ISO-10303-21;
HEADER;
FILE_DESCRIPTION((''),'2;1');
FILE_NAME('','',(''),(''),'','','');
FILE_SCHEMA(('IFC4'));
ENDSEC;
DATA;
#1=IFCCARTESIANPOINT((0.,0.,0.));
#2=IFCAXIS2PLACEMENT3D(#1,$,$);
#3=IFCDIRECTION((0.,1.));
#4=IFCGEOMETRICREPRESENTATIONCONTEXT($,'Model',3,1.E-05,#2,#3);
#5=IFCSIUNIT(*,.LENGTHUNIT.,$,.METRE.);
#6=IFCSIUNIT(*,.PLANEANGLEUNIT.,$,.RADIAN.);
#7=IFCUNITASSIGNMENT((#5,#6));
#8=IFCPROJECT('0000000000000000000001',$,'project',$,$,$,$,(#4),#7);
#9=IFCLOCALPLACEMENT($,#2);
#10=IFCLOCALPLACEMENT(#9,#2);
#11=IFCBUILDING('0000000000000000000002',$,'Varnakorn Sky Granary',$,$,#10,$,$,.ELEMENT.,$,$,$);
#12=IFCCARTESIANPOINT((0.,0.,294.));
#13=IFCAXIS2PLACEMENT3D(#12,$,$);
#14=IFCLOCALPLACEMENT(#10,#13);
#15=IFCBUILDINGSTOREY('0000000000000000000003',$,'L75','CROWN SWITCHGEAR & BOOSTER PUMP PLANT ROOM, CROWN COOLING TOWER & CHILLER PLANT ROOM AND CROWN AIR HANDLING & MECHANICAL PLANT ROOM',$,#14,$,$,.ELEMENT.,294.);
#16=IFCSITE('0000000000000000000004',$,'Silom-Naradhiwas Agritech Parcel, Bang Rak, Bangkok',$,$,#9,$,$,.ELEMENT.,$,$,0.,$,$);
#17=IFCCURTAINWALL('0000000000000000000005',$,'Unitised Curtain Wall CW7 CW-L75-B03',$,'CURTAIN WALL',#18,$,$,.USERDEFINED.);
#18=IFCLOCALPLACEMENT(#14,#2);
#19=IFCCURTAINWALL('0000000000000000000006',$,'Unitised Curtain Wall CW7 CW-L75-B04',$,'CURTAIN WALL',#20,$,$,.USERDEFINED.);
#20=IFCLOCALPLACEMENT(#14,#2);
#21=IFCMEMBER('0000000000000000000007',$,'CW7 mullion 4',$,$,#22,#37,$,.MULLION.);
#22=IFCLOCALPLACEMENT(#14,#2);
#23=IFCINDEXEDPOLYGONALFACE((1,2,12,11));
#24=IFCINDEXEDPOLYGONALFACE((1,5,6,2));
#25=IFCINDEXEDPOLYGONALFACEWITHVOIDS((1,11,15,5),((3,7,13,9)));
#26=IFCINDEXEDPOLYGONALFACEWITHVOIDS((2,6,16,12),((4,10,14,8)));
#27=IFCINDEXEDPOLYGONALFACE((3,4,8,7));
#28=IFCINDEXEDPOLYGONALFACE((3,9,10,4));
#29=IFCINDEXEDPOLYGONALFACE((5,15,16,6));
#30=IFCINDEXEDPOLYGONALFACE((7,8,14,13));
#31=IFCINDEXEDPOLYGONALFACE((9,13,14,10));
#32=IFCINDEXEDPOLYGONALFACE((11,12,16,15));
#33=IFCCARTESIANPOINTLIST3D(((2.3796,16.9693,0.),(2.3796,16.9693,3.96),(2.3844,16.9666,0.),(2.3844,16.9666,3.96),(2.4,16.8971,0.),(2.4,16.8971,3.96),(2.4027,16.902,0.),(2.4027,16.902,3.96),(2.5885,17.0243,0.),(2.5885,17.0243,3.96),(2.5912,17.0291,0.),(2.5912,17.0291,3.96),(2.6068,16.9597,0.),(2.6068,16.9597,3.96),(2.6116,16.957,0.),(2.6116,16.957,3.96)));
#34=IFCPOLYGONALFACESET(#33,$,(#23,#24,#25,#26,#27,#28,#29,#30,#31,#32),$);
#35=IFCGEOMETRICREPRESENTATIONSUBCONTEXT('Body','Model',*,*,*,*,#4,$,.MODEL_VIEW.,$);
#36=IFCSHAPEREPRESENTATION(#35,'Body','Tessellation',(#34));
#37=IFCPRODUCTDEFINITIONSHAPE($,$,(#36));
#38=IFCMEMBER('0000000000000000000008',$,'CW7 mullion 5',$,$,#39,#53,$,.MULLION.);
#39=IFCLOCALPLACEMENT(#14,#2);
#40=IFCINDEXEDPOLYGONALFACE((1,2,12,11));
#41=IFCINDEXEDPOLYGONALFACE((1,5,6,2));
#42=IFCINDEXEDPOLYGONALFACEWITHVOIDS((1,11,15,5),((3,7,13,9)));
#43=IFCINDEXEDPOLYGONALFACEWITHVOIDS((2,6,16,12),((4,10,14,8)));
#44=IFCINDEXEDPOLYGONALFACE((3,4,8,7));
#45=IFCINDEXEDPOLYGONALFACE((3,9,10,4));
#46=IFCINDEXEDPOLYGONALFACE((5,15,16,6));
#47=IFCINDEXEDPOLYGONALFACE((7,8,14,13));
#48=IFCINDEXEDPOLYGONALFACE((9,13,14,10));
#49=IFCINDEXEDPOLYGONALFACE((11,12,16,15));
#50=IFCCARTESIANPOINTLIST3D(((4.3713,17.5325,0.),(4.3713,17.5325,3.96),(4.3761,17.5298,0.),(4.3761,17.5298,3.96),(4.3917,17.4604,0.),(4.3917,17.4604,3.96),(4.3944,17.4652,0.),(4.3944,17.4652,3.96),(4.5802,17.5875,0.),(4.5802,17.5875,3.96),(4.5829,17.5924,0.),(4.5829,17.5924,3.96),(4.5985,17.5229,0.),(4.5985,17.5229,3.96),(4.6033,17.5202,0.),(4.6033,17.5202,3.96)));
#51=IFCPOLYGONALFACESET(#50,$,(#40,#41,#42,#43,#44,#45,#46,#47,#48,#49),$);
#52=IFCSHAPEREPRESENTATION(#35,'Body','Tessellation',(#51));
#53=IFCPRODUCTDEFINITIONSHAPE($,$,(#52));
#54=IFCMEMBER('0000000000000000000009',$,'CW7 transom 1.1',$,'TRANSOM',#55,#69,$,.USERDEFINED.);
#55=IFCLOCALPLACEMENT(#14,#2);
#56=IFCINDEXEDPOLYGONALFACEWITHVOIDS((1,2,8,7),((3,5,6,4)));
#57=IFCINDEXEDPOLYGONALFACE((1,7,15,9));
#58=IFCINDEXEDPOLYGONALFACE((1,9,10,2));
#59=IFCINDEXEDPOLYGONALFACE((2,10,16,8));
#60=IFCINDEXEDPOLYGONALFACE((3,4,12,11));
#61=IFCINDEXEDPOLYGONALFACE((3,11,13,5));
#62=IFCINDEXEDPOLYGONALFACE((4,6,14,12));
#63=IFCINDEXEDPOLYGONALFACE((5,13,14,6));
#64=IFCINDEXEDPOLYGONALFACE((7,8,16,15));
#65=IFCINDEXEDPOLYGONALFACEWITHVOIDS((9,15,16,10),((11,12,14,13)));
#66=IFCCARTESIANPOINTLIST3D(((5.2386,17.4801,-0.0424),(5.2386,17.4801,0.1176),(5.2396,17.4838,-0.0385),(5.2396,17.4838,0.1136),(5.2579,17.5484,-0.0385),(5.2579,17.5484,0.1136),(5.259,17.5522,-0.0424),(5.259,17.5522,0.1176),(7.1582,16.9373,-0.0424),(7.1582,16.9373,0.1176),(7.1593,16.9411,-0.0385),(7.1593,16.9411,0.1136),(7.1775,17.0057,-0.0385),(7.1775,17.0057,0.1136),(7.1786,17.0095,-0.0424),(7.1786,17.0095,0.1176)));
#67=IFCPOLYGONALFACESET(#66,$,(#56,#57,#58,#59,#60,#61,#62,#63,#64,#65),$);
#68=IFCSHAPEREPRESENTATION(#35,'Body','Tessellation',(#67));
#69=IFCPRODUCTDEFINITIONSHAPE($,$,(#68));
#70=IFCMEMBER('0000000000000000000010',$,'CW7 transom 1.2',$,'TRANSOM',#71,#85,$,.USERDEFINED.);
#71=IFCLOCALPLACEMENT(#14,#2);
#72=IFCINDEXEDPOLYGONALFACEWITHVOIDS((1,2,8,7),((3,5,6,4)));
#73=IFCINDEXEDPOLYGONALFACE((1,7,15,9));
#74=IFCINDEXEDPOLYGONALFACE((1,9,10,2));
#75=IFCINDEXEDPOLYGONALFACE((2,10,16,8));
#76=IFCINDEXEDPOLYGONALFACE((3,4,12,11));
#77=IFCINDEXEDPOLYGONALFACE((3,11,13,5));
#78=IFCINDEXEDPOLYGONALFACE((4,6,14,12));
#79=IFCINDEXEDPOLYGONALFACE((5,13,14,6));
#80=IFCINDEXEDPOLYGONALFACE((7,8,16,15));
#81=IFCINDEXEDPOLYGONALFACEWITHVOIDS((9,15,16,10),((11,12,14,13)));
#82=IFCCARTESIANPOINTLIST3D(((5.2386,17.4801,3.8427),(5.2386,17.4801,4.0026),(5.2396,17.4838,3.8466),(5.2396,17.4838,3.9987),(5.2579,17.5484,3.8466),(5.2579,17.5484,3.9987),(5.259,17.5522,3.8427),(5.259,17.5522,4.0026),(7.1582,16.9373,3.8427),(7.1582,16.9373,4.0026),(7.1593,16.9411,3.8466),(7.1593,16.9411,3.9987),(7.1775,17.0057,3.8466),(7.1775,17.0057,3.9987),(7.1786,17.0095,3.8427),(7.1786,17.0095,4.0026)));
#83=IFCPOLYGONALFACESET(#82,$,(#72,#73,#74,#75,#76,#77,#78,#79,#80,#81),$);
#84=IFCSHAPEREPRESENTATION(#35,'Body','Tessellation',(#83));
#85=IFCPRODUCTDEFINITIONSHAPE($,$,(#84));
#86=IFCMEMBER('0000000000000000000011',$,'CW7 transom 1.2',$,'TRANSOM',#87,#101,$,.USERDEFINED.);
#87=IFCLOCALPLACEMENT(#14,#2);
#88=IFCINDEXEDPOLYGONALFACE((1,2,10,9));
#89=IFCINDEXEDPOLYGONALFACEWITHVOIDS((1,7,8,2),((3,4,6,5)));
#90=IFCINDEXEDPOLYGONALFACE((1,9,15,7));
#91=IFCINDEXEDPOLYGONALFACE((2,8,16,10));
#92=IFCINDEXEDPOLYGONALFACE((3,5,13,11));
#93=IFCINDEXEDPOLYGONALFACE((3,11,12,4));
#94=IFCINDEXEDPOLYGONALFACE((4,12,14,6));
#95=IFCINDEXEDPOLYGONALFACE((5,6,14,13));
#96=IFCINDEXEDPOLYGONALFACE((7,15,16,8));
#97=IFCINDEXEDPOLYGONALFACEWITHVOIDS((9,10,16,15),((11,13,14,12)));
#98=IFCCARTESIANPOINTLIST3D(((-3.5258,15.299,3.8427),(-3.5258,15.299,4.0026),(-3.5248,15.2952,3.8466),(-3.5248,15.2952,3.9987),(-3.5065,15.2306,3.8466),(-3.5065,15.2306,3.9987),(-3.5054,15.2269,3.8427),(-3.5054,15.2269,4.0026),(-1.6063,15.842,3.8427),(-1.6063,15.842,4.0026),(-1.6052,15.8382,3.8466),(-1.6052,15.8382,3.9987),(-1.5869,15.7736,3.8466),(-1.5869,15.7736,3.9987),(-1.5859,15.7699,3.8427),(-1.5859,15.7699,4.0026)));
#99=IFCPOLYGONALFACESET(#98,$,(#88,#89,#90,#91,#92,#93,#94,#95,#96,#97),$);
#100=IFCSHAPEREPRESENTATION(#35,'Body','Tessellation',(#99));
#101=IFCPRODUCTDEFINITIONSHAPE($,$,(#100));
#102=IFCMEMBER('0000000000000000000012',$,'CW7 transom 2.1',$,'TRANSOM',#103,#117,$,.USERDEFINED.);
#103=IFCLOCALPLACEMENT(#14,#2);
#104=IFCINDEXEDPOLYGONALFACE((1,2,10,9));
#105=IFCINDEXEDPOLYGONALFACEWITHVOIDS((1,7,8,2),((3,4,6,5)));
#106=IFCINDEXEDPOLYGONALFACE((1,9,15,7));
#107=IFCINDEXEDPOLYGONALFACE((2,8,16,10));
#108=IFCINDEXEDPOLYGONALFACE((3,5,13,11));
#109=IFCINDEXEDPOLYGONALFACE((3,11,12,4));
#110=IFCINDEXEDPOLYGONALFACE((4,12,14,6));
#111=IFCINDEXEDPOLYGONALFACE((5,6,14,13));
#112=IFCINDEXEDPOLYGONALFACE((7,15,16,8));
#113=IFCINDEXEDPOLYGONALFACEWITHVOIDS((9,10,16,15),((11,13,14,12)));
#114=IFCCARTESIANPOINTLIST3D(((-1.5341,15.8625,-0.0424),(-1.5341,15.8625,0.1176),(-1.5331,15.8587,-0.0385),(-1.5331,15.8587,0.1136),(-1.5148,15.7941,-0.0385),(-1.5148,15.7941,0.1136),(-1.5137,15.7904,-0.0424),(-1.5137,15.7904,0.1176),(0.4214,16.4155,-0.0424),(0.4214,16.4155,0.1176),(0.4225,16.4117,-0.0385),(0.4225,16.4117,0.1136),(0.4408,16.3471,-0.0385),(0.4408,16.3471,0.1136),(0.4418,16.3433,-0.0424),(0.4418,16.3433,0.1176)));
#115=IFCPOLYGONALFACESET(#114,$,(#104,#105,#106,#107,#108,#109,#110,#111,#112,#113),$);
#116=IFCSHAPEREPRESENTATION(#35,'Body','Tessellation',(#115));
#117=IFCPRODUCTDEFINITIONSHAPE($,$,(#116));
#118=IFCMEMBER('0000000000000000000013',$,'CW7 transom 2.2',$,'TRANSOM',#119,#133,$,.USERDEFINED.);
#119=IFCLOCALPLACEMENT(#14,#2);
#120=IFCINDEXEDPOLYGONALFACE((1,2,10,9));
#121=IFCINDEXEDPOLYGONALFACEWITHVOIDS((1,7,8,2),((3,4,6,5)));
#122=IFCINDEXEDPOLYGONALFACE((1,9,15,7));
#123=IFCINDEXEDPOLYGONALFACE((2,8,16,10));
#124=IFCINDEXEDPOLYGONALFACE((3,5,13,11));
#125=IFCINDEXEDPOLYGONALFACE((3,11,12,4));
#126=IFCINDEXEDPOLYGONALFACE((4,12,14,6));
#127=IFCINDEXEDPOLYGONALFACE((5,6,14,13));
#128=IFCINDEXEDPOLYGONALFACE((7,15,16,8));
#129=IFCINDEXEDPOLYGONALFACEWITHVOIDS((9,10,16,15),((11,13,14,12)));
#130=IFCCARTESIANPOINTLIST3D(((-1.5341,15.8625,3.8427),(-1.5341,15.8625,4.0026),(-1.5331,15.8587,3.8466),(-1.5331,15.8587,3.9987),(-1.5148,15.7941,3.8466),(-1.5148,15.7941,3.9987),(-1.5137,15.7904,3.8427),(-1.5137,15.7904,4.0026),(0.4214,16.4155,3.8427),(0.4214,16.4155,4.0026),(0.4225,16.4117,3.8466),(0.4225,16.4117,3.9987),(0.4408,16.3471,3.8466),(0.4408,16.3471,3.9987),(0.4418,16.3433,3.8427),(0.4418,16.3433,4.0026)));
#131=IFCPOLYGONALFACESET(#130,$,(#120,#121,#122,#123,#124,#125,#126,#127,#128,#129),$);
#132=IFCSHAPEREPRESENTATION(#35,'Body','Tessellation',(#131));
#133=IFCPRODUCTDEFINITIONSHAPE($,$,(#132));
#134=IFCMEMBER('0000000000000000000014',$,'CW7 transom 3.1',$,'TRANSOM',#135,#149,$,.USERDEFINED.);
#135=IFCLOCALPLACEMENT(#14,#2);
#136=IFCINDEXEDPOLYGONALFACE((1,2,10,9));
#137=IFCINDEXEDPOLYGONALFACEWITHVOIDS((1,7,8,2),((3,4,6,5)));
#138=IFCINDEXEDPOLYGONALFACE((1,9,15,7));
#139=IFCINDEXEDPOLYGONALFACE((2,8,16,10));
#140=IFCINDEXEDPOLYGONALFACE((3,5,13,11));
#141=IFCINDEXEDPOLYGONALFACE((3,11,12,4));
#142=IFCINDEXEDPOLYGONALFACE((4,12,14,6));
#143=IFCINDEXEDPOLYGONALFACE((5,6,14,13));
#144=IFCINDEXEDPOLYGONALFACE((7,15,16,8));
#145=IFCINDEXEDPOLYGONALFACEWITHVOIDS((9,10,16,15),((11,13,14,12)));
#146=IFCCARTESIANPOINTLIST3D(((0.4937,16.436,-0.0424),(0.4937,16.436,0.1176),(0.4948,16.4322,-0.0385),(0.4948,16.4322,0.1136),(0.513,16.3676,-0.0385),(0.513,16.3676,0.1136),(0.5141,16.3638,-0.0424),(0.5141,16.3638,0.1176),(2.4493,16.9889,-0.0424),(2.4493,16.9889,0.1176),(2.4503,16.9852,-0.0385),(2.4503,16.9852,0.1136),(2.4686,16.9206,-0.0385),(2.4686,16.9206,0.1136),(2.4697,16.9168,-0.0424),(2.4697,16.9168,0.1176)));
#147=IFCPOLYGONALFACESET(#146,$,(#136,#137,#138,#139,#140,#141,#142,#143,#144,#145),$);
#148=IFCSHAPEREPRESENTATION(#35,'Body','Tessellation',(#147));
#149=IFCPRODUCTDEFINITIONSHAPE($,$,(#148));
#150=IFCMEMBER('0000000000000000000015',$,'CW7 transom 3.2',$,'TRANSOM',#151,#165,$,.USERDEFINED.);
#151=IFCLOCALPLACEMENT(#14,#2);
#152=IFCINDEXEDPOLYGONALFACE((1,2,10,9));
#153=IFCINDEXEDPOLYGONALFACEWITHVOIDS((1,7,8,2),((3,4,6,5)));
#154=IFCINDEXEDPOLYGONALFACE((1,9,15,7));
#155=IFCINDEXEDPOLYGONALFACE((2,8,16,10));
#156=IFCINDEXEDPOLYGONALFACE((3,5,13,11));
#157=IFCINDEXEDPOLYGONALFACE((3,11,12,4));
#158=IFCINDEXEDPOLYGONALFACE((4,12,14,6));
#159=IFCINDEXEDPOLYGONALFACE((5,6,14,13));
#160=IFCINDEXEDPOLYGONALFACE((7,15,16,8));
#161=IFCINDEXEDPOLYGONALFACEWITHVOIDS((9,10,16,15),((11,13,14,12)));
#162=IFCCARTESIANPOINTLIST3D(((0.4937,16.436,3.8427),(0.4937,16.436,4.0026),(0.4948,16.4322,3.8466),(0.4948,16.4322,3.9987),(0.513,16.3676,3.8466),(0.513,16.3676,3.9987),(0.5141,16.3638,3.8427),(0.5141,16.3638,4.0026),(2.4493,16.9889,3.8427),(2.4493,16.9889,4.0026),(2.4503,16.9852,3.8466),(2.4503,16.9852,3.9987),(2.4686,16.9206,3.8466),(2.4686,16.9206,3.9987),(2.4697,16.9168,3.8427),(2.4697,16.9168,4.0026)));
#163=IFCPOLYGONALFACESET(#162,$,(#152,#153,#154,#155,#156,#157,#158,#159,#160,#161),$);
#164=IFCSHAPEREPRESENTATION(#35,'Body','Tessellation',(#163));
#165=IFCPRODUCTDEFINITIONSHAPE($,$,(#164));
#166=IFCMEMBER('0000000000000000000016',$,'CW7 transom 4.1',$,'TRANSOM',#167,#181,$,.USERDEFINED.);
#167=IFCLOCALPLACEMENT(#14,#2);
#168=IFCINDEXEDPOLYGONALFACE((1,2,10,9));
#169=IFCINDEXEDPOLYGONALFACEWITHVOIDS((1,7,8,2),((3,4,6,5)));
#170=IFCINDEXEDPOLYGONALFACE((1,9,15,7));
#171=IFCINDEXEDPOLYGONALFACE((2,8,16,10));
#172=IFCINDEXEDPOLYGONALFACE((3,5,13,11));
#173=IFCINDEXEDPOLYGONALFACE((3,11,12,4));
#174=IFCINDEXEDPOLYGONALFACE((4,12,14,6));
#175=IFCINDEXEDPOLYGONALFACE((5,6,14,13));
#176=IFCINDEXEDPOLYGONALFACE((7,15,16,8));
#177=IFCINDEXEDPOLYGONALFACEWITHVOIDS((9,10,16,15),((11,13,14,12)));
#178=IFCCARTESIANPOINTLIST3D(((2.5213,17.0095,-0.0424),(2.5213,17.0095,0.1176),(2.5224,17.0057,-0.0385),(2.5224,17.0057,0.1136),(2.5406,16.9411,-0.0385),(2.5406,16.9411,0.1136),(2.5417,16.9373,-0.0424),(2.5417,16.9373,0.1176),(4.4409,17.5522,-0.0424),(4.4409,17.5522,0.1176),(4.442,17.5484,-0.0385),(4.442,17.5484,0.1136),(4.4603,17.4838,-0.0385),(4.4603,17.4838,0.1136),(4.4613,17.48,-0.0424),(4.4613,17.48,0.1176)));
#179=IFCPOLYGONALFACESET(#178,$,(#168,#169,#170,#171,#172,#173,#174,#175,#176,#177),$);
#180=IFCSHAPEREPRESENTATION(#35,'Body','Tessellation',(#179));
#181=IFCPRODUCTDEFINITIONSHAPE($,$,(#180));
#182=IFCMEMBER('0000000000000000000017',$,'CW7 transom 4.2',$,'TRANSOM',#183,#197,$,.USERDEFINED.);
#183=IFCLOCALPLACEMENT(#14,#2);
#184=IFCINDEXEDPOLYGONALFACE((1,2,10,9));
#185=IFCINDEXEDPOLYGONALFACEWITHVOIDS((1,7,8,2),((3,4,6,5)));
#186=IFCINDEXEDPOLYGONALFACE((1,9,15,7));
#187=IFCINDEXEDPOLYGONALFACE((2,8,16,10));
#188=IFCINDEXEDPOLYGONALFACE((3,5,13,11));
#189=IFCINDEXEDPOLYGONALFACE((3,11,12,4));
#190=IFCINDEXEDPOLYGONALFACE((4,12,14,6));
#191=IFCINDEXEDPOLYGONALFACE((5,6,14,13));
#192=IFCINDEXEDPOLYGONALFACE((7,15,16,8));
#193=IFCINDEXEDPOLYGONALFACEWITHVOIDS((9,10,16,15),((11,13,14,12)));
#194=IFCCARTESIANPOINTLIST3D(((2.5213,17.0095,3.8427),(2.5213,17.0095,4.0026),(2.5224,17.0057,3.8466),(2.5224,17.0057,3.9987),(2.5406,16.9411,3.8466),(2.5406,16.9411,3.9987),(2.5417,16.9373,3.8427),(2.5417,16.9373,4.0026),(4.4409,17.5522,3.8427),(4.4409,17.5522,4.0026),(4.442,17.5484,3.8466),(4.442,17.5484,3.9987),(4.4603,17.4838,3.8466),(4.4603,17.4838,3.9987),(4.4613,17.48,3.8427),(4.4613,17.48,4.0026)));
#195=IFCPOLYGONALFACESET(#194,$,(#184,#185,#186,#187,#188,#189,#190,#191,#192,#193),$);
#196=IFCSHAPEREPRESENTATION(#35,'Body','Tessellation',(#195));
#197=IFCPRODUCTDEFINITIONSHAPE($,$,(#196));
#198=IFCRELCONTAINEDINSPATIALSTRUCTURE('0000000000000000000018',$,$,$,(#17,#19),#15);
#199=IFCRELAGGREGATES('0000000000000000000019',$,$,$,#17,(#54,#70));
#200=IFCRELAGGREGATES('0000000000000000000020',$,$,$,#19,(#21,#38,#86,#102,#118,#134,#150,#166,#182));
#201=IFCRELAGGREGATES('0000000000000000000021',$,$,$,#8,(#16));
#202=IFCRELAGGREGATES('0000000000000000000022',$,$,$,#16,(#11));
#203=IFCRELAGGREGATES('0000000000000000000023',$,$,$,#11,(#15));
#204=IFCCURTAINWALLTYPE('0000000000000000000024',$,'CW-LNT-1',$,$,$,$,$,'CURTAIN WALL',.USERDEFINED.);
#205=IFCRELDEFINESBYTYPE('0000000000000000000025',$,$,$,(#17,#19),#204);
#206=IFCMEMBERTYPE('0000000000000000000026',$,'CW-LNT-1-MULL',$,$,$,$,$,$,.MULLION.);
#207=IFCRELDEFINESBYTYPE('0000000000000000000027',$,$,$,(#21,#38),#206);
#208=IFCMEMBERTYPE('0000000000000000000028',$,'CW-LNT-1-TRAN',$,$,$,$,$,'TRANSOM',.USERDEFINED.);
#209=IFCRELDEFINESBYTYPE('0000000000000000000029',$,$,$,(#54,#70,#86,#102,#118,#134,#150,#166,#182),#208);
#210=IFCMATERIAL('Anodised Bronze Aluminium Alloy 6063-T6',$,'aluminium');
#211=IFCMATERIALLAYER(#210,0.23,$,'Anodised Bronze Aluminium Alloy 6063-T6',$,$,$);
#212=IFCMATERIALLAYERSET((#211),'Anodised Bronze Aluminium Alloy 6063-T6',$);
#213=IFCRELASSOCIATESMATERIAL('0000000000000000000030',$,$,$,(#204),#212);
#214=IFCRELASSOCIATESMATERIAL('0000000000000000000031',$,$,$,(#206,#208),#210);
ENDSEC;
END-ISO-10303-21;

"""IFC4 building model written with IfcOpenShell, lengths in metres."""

from ifc_helpers import new_model, si_unit, direction, frame, origin, origin_2d, place, context, subcontext, project, spatial, hollow_rectangle, extrude, material, layer, layer_set, material_profile, profile_set, type_object, element, aggregate, save


model = new_model("IFC4")

# Units and contexts
model_context = context("Model", 3, precision=1e-05, world=origin(), true_north=direction((0.0, 1.0)))
body_context = subcontext(model_context, "Body", "Model", "MODEL_VIEW")
ifc_project = project(units=[si_unit("LENGTHUNIT", "METRE"), si_unit("PLANEANGLEUNIT", "RADIAN")], contexts=[model_context])

# Site, building, storey
site_placement = place(None, origin())
site = spatial("IfcSite", under=ifc_project, at=site_placement, Name="Silom-Naradhiwas Agritech Parcel, Bang Rak, Bangkok", CompositionType="ELEMENT", RefElevation=0.0)
building_placement = place(site_placement, origin())
building = spatial("IfcBuilding", under=site, at=building_placement, Name="Varnakorn Sky Granary", CompositionType="ELEMENT")
storey_placement = place(building_placement, frame((0.0, 0.0, 294.0)))
storey = spatial("IfcBuildingStorey", under=building, at=storey_placement, Name="L75", Description="CROWN SWITCHGEAR & BOOSTER PUMP PLANT ROOM, CROWN COOLING TOWER & CHILLER PLANT ROOM AND CROWN AIR HANDLING & MECHANICAL PLANT ROOM", CompositionType="ELEMENT", Elevation=294.0)

# Curtain wall
ifc_material_1 = material(Name="Anodised Bronze Aluminium Alloy 6063-T6", Category="aluminium")
ifc_layer_1 = layer(ifc_material_1, 0.23, Name="Anodised Bronze Aluminium Alloy 6063-T6")
ifc_layer_set_1 = layer_set([ifc_layer_1], Name="Anodised Bronze Aluminium Alloy 6063-T6")
curtain_wall_type = type_object("IfcCurtainWallType", Name="CW-LNT-1", ElementType="CURTAIN WALL", PredefinedType="USERDEFINED", material=ifc_layer_set_1)
curtain_wall_1_placement = place(storey_placement, origin())
curtain_wall_1 = element("IfcCurtainWall", 1, at=curtain_wall_1_placement, inside=storey, type_object=curtain_wall_type, Name="Unitised Curtain Wall CW7 CW-L75-B03", ObjectType="CURTAIN WALL", PredefinedType="USERDEFINED")
ifc_material_profile_1 = material_profile(ifc_material_1, hollow_rectangle(XDim=0.075, YDim=0.22, WallThickness=0.0039, at=origin_2d()), Name="ALU MULL 75x220")
ifc_profile_set_1 = profile_set([ifc_material_profile_1], Name="Anodised Bronze Aluminium Alloy 6063-T6")
member_type_1 = type_object("IfcMemberType", Name="CW-LNT-1-MULL", PredefinedType="MULLION", material=ifc_profile_set_1)

# Curtain wall, members
curtain_wall_2_placement = place(storey_placement, origin())
curtain_wall_2 = element("IfcCurtainWall", 2, at=curtain_wall_2_placement, inside=storey, type_object=curtain_wall_type, Name="Unitised Curtain Wall CW7 CW-L75-B04", ObjectType="CURTAIN WALL", PredefinedType="USERDEFINED")
member_1_placement = place(storey_placement, frame((2.4956, 16.9631, 0.0), z_axis=(0.0, 0.0, 1.0), x_axis=(-0.272147, 0.962256, 0.0)))
member_1 = element("IfcMember", 3, at=member_1_placement, type_object=member_type_1, Name="CW7 mullion 4", PredefinedType="MULLION", context=body_context, shape_type="SweptSolid", body=[
    extrude(hollow_rectangle(XDim=0.075, YDim=0.22, WallThickness=0.0039, at=origin_2d()), origin(), (0.0, 0.0, 1.0), 3.96),
])
member_2_placement = place(storey_placement, frame((4.4873, 17.5264, 0.0), z_axis=(0.0, 0.0, 1.0), x_axis=(-0.272147, 0.962256, 0.0)))
member_2 = element("IfcMember", 4, at=member_2_placement, type_object=member_type_1, Name="CW7 mullion 5", PredefinedType="MULLION", context=body_context, shape_type="SweptSolid", body=[
    extrude(hollow_rectangle(XDim=0.075, YDim=0.22, WallThickness=0.0039, at=origin_2d()), origin(), (0.0, 0.0, 1.0), 3.96),
])

# Members
ifc_material_profile_2 = material_profile(ifc_material_1, hollow_rectangle(XDim=0.075, YDim=0.1599, WallThickness=0.0039, at=origin_2d()), Name="ALU TRAN 75x160")
ifc_profile_set_2 = profile_set([ifc_material_profile_2], Name="Anodised Bronze Aluminium Alloy 6063-T6")
member_type_2 = type_object("IfcMemberType", Name="CW-LNT-1-TRAN", ElementType="TRANSOM", PredefinedType="USERDEFINED", material=ifc_profile_set_2)
member_3_placement = place(storey_placement, frame((5.2488, 17.5161, 0.0376), z_axis=(0.962282, -0.272053, 0.0), x_axis=(0.272053, 0.962282, 0.0)))
member_3 = element("IfcMember", 5, at=member_3_placement, type_object=member_type_2, Name="CW7 transom 1.1", ObjectType="TRANSOM", PredefinedType="USERDEFINED", context=body_context, shape_type="SweptSolid", body=[
    extrude(hollow_rectangle(XDim=0.075, YDim=0.1599, WallThickness=0.0039, at=origin_2d()), origin(), (0.0, 0.0, 1.0), 1.9949),
])
member_4_placement = place(storey_placement, frame((5.2488, 17.5161, 3.9226), z_axis=(0.962282, -0.272053, 0.0), x_axis=(0.272053, 0.962282, 0.0)))
member_4 = element("IfcMember", 6, at=member_4_placement, type_object=member_type_2, Name="CW7 transom 1.2", ObjectType="TRANSOM", PredefinedType="USERDEFINED", context=body_context, shape_type="SweptSolid", body=[
    extrude(hollow_rectangle(XDim=0.075, YDim=0.1599, WallThickness=0.0039, at=origin_2d()), origin(), (0.0, 0.0, 1.0), 1.9949),
])
aggregate(curtain_wall_1, [member_3, member_4])
member_5_placement = place(storey_placement, frame((-3.5156, 15.2629, 3.9226), z_axis=(0.962241, 0.272198, 0.0), x_axis=(-0.272198, 0.962241, 0.0)))
member_5 = element("IfcMember", 7, at=member_5_placement, type_object=member_type_2, Name="CW7 transom 1.2", ObjectType="TRANSOM", PredefinedType="USERDEFINED", context=body_context, shape_type="SweptSolid", body=[
    extrude(hollow_rectangle(XDim=0.075, YDim=0.1599, WallThickness=0.0039, at=origin_2d()), origin(), (0.0, 0.0, 1.0), 1.9949),
])
member_6_placement = place(storey_placement, frame((-1.5239, 15.8264, 0.0376), z_axis=(0.962268, 0.272102, 0.0), x_axis=(-0.272102, 0.962268, 0.0)))
member_6 = element("IfcMember", 8, at=member_6_placement, type_object=member_type_2, Name="CW7 transom 2.1", ObjectType="TRANSOM", PredefinedType="USERDEFINED", context=body_context, shape_type="SweptSolid", body=[
    extrude(hollow_rectangle(XDim=0.075, YDim=0.1599, WallThickness=0.0039, at=origin_2d()), origin(), (0.0, 0.0, 1.0), 2.0322),
])
member_7_placement = place(storey_placement, frame((-1.5239, 15.8264, 3.9226), z_axis=(0.962268, 0.272102, 0.0), x_axis=(-0.272102, 0.962268, 0.0)))
member_7 = element("IfcMember", 9, at=member_7_placement, type_object=member_type_2, Name="CW7 transom 2.2", ObjectType="TRANSOM", PredefinedType="USERDEFINED", context=body_context, shape_type="SweptSolid", body=[
    extrude(hollow_rectangle(XDim=0.075, YDim=0.1599, WallThickness=0.0039, at=origin_2d()), origin(), (0.0, 0.0, 1.0), 2.0322),
])
member_8_placement = place(storey_placement, frame((0.5039, 16.3999, 0.0376), z_axis=(0.962268, 0.272102, 0.0), x_axis=(-0.272102, 0.962268, 0.0)))
member_8 = element("IfcMember", 10, at=member_8_placement, type_object=member_type_2, Name="CW7 transom 3.1", ObjectType="TRANSOM", PredefinedType="USERDEFINED", context=body_context, shape_type="SweptSolid", body=[
    extrude(hollow_rectangle(XDim=0.075, YDim=0.1599, WallThickness=0.0039, at=origin_2d()), origin(), (0.0, 0.0, 1.0), 2.0322),
])
member_9_placement = place(storey_placement, frame((0.5039, 16.3999, 3.9226), z_axis=(0.962268, 0.272102, 0.0), x_axis=(-0.272102, 0.962268, 0.0)))
member_9 = element("IfcMember", 11, at=member_9_placement, type_object=member_type_2, Name="CW7 transom 3.2", ObjectType="TRANSOM", PredefinedType="USERDEFINED", context=body_context, shape_type="SweptSolid", body=[
    extrude(hollow_rectangle(XDim=0.075, YDim=0.1599, WallThickness=0.0039, at=origin_2d()), origin(), (0.0, 0.0, 1.0), 2.0322),
])
member_10_placement = place(storey_placement, frame((2.5315, 16.9734, 0.0376), z_axis=(0.962282, 0.272053, 0.0), x_axis=(-0.272053, 0.962282, 0.0)))
member_10 = element("IfcMember", 12, at=member_10_placement, type_object=member_type_2, Name="CW7 transom 4.1", ObjectType="TRANSOM", PredefinedType="USERDEFINED", context=body_context, shape_type="SweptSolid", body=[
    extrude(hollow_rectangle(XDim=0.075, YDim=0.1599, WallThickness=0.0039, at=origin_2d()), origin(), (0.0, 0.0, 1.0), 1.9949),
])
member_11_placement = place(storey_placement, frame((2.5315, 16.9734, 3.9226), z_axis=(0.962282, 0.272053, 0.0), x_axis=(-0.272053, 0.962282, 0.0)))
member_11 = element("IfcMember", 13, at=member_11_placement, type_object=member_type_2, Name="CW7 transom 4.2", ObjectType="TRANSOM", PredefinedType="USERDEFINED", context=body_context, shape_type="SweptSolid", body=[
    extrude(hollow_rectangle(XDim=0.075, YDim=0.1599, WallThickness=0.0039, at=origin_2d()), origin(), (0.0, 0.0, 1.0), 1.9949),
])

aggregate(curtain_wall_2, [member_1, member_2, member_5, member_6, member_7, member_8, member_9, member_10, member_11])

save(model, "model.ifc")
